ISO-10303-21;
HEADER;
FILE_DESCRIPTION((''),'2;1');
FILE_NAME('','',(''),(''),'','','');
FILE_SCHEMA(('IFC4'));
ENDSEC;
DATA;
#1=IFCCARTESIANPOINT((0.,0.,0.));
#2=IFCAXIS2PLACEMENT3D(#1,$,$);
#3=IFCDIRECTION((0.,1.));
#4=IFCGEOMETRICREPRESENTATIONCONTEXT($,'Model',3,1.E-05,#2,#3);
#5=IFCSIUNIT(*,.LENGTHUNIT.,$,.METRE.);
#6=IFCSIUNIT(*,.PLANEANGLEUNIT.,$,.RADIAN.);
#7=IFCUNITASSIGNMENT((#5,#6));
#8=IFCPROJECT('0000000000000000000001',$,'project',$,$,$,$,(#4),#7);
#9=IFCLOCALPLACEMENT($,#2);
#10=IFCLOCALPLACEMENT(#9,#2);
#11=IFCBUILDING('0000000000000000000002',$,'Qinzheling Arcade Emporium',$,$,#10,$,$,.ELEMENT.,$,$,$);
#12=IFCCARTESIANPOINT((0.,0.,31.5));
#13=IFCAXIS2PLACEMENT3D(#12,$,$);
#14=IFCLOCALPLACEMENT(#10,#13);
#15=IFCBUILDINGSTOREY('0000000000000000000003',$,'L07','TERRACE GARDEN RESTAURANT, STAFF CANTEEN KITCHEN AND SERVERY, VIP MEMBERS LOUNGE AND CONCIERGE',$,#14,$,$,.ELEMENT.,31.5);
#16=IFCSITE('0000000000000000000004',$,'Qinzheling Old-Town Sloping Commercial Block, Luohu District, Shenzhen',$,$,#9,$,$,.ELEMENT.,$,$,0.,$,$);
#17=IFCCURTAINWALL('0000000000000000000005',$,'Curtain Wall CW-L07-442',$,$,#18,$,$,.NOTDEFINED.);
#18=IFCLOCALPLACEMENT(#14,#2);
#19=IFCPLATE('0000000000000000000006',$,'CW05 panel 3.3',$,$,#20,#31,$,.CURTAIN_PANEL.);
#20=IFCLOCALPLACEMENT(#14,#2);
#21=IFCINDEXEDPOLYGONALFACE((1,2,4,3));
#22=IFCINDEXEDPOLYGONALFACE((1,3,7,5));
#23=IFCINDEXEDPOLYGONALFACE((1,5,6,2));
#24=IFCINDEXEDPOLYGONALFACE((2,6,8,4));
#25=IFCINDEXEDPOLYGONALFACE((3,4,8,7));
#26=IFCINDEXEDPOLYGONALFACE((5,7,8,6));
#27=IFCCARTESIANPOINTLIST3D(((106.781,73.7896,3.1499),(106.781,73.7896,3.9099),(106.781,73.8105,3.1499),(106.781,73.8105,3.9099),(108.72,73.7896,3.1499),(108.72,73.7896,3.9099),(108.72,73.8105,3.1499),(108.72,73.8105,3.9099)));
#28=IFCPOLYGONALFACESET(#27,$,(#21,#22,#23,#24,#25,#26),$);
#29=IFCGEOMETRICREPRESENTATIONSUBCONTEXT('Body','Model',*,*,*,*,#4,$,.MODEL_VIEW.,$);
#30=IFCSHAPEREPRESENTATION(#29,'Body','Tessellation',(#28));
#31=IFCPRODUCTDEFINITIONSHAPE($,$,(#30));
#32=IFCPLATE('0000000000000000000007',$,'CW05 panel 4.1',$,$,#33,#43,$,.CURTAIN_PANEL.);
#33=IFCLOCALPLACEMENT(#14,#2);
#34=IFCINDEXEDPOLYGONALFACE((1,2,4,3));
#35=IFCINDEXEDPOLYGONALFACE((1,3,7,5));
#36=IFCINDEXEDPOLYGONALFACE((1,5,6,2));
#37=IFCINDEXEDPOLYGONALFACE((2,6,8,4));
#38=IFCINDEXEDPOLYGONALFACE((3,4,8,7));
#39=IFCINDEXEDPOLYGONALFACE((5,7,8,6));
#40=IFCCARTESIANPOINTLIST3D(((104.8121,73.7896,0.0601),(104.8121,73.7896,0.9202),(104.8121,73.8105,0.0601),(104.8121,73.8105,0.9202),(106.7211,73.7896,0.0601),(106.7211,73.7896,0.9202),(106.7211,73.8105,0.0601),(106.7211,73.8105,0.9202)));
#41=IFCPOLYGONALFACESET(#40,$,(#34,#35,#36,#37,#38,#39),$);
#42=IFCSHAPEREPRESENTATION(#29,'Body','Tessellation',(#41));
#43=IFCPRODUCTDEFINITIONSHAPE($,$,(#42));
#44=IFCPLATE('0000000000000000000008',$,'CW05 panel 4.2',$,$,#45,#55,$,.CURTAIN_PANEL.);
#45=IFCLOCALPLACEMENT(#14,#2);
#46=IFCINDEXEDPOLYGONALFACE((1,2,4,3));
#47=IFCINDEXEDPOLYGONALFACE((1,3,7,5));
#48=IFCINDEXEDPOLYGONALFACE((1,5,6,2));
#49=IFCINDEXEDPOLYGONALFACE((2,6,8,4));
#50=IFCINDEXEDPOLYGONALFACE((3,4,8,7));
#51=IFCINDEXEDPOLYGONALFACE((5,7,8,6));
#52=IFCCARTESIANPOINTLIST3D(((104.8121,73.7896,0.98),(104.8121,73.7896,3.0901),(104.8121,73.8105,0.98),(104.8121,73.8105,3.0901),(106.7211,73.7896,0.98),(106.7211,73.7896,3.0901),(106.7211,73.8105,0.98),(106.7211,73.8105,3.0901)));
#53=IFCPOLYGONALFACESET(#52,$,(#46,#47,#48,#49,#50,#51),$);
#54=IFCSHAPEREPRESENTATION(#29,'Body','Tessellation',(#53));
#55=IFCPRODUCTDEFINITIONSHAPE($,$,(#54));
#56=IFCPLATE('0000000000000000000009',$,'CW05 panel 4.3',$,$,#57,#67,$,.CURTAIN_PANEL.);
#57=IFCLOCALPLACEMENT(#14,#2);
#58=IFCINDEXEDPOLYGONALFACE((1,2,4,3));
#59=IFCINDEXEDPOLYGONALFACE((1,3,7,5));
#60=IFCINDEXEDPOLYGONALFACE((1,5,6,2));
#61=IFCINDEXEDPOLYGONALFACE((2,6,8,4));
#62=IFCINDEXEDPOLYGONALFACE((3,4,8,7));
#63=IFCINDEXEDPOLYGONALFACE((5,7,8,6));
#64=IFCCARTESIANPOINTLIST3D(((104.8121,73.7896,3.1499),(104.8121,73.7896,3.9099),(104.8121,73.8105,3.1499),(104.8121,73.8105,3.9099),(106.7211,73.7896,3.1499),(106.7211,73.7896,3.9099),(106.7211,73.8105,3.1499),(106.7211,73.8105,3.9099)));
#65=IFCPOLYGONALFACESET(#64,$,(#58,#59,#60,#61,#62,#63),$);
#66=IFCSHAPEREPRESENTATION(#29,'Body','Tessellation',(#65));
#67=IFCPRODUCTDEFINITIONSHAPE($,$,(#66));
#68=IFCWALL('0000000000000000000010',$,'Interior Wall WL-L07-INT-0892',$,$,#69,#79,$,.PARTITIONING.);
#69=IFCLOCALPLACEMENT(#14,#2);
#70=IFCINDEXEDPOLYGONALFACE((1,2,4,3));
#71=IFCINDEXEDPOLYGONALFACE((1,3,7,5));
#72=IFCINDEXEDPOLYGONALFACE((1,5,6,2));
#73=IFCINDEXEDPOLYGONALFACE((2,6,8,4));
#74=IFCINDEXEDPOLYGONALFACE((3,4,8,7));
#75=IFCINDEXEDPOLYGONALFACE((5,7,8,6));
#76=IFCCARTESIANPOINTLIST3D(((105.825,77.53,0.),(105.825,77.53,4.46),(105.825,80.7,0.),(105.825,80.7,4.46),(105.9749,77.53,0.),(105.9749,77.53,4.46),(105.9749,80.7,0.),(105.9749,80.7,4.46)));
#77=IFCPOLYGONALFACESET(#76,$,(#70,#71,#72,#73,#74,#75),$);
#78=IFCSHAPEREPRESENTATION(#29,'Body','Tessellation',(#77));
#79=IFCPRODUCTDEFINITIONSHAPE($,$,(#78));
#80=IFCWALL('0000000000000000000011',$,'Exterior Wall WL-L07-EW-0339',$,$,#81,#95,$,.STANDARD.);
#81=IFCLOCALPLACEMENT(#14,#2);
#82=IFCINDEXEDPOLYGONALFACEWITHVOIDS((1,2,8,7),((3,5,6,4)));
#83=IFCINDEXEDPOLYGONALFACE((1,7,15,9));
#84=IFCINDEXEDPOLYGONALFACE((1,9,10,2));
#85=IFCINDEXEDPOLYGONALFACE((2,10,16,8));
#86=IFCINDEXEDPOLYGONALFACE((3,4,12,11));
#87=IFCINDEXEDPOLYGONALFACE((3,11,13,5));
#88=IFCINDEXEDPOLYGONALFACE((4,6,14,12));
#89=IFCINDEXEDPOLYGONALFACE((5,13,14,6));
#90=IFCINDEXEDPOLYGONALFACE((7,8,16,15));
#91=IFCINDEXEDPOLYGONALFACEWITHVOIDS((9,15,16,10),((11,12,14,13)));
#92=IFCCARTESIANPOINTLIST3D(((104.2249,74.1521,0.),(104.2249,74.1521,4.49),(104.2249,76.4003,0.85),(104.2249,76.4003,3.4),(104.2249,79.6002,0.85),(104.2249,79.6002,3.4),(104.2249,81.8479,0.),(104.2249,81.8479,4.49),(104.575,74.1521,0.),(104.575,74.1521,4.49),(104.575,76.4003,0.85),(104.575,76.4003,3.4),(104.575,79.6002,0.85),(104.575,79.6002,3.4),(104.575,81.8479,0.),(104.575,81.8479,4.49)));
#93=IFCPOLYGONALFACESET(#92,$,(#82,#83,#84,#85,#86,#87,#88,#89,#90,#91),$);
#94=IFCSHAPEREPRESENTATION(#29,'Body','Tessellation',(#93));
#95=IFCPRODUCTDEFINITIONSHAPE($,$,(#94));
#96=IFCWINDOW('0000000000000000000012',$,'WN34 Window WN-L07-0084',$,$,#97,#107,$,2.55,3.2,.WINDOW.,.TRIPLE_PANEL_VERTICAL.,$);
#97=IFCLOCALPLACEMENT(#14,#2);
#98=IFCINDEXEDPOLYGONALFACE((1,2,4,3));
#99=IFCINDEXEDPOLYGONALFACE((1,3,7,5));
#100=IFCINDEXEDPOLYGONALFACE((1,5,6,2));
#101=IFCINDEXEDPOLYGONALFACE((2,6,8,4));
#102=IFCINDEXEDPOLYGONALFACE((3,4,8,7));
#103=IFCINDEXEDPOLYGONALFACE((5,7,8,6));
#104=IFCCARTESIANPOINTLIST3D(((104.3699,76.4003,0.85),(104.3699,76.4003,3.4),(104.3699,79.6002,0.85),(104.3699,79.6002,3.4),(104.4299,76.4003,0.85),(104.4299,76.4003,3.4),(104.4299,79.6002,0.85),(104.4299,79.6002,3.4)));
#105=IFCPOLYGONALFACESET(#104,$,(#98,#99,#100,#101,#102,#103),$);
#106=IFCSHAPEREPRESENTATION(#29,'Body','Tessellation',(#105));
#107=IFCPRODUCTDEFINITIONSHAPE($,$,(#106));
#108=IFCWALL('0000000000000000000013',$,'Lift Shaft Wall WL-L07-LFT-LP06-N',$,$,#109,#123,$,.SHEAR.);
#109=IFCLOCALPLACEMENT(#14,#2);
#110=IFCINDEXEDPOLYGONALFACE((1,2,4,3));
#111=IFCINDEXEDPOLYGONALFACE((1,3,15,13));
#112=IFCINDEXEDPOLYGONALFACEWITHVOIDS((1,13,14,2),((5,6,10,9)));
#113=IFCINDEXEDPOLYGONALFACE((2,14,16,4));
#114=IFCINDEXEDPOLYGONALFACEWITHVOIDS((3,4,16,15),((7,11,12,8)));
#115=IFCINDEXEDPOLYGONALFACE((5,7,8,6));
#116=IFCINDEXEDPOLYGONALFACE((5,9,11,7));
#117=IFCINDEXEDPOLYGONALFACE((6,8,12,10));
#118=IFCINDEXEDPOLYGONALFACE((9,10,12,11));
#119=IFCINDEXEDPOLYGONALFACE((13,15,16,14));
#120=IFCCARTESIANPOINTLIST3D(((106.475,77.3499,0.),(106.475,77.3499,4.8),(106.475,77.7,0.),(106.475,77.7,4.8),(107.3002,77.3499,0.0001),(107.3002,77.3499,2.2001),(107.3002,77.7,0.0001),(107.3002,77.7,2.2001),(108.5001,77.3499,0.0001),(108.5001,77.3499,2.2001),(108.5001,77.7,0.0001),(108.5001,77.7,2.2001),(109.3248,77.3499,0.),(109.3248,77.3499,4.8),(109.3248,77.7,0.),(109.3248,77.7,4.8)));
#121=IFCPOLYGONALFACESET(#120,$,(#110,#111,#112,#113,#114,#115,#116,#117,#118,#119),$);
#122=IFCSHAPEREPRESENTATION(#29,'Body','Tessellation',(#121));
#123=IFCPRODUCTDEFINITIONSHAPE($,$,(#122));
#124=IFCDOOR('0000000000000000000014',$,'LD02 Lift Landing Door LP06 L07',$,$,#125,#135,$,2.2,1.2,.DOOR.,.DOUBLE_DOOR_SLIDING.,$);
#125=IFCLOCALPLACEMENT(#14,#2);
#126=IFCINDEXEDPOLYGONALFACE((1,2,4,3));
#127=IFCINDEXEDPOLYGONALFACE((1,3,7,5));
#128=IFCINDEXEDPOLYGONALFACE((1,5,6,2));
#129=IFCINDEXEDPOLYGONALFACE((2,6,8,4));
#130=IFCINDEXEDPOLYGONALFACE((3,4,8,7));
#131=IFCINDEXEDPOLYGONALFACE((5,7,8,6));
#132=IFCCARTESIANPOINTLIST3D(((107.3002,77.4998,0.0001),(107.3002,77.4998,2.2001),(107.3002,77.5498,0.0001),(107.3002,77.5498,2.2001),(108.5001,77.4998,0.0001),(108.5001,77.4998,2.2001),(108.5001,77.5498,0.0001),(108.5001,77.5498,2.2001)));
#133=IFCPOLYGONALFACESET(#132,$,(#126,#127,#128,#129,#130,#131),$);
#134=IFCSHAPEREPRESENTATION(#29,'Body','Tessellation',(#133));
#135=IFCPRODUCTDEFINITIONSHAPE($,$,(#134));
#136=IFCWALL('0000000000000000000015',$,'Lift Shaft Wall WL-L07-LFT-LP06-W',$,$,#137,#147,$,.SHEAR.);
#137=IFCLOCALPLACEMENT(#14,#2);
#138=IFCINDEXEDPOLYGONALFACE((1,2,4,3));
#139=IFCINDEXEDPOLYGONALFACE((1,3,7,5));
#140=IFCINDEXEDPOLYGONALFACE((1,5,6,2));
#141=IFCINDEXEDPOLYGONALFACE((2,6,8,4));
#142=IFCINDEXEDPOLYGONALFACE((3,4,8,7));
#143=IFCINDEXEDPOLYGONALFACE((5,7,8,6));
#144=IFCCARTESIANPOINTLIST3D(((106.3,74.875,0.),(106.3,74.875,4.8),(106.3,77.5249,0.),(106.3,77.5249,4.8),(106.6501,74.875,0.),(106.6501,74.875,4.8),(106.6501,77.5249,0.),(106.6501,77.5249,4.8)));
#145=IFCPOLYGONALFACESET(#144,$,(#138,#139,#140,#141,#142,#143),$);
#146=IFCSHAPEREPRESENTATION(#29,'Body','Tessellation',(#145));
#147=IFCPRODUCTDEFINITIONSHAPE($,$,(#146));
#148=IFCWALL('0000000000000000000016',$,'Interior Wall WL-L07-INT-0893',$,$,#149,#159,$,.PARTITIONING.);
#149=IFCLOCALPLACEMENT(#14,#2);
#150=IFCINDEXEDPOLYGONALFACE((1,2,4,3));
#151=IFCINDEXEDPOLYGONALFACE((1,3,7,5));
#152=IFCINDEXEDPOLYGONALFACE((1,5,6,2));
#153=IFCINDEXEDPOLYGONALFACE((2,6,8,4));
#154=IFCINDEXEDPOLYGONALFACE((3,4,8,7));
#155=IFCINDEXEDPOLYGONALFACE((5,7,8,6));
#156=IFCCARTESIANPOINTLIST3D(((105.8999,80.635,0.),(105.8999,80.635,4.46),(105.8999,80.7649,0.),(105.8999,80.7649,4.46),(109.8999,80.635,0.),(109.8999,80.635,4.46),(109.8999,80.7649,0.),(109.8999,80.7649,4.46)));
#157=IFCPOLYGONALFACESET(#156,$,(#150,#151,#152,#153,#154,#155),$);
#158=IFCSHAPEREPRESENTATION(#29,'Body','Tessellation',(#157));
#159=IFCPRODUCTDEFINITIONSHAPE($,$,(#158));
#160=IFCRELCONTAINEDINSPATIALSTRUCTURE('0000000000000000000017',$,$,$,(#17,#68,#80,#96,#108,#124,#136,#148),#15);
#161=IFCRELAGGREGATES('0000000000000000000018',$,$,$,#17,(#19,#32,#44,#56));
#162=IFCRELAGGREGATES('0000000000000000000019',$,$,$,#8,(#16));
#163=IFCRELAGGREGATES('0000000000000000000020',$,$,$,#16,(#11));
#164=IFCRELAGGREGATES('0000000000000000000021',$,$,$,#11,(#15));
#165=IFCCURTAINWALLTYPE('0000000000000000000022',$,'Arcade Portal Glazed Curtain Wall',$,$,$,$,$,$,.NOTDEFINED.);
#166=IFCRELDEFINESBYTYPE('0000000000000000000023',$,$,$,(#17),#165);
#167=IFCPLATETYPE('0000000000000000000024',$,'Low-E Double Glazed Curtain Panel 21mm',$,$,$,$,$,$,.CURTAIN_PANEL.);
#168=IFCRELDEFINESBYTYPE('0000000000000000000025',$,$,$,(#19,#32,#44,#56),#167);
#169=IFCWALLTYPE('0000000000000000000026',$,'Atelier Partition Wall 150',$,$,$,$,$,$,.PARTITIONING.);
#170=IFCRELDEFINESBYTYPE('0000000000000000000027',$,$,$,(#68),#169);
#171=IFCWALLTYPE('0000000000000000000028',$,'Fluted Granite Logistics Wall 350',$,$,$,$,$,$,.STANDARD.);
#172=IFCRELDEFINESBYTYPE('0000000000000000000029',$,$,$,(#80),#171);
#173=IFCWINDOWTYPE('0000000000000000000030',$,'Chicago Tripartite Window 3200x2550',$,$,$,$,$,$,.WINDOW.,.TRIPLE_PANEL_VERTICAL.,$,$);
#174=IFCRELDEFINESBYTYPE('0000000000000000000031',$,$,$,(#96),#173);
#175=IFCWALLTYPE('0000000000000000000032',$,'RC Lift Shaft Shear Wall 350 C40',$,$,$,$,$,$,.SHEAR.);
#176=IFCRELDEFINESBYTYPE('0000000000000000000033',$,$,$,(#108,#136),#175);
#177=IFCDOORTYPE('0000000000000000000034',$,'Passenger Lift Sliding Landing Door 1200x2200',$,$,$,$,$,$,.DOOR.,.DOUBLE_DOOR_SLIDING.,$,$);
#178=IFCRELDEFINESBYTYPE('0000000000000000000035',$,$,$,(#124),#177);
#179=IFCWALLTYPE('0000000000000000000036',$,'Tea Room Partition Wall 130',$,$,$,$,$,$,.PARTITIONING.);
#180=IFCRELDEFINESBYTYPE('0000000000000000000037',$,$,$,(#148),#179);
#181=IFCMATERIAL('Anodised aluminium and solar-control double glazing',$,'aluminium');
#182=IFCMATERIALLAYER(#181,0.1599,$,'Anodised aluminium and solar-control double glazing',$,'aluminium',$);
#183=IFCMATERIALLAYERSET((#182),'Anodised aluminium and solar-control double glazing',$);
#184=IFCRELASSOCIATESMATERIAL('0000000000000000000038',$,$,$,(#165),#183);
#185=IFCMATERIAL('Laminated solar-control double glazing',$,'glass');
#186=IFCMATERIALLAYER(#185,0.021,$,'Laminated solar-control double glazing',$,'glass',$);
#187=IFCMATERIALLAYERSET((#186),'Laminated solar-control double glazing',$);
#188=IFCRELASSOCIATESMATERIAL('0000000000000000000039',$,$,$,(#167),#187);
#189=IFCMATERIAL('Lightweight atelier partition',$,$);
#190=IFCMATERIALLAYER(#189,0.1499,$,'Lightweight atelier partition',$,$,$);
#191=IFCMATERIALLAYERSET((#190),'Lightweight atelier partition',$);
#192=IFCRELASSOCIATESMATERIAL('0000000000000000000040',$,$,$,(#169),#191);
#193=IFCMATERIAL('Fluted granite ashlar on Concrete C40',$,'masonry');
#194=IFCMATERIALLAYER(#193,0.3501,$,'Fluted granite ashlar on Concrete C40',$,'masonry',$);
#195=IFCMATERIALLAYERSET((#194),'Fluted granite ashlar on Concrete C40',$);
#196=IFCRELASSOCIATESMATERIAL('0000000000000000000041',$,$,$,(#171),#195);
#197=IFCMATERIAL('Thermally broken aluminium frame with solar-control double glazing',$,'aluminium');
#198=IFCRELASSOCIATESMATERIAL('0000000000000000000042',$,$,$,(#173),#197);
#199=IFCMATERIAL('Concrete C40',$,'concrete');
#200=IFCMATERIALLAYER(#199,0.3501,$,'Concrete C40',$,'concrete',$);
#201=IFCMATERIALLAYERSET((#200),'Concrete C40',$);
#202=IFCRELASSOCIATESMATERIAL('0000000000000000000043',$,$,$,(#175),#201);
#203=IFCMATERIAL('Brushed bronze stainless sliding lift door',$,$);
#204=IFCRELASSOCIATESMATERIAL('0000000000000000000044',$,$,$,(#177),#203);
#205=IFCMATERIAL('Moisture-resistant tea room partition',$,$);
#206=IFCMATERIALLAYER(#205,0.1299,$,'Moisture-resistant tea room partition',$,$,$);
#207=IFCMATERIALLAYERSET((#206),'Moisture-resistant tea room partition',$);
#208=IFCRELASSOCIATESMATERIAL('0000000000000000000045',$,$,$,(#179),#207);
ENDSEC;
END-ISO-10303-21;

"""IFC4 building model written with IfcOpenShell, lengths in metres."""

from ifc_helpers import new_model, si_unit, direction, frame, frame_2d, origin, origin_2d, place, context, subcontext, project, spatial, rectangle, extrude, material, layer, layer_set, type_object, element, fill, aggregate, save


model = new_model("IFC4")

# Units and contexts
model_context = context("Model", 3, precision=1e-05, world=origin(), true_north=direction((0.0, 1.0)))
body_context = subcontext(model_context, "Body", "Model", "MODEL_VIEW")
ifc_project = project(units=[si_unit("LENGTHUNIT", "METRE"), si_unit("PLANEANGLEUNIT", "RADIAN")], contexts=[model_context])

# Site, building, storey
site_placement = place(None, origin())
site = spatial("IfcSite", under=ifc_project, at=site_placement, Name="Qinzheling Old-Town Sloping Commercial Block, Luohu District, Shenzhen", CompositionType="ELEMENT", RefElevation=0.0)
building_placement = place(site_placement, origin())
building = spatial("IfcBuilding", under=site, at=building_placement, Name="Qinzheling Arcade Emporium", CompositionType="ELEMENT")
storey_placement = place(building_placement, frame((0.0, 0.0, 31.5)))
storey = spatial("IfcBuildingStorey", under=building, at=storey_placement, Name="L07", Description="TERRACE GARDEN RESTAURANT, STAFF CANTEEN KITCHEN AND SERVERY, VIP MEMBERS LOUNGE AND CONCIERGE", CompositionType="ELEMENT", Elevation=31.5)

# Shared definitions
ifc_material_1 = material(Name="Concrete C40", Category="concrete")

# Shared definitions
ifc_material_2 = material(Name="Anodised aluminium and solar-control double glazing", Category="aluminium")

# Curtain wall
ifc_layer_1 = layer(ifc_material_2, 0.1599, Name="Anodised aluminium and solar-control double glazing", Category="aluminium")
ifc_layer_set_1 = layer_set([ifc_layer_1], Name="Anodised aluminium and solar-control double glazing")
curtain_wall_type_1 = type_object("IfcCurtainWallType", Name="Arcade Portal Glazed Curtain Wall", PredefinedType="NOTDEFINED", material=ifc_layer_set_1)
curtain_wall_1_placement = place(storey_placement, origin())
curtain_wall_1 = element("IfcCurtainWall", 1, at=curtain_wall_1_placement, inside=storey, type_object=curtain_wall_type_1, Name="Curtain Wall CW-L07-442", PredefinedType="NOTDEFINED")

# Plates
ifc_material_3 = material(Name="Laminated solar-control double glazing", Category="glass")
ifc_layer_2 = layer(ifc_material_3, 0.021, Name="Laminated solar-control double glazing", Category="glass")
ifc_layer_set_2 = layer_set([ifc_layer_2], Name="Laminated solar-control double glazing")
plate_type = type_object("IfcPlateType", Name="Low-E Double Glazed Curtain Panel 21mm", PredefinedType="CURTAIN_PANEL", material=ifc_layer_set_2)
plate_1_placement = place(storey_placement, frame((107.7505, 73.8, 3.1499), z_axis=(0.0, 0.0, 1.0), x_axis=(-1.0, 0.0, 0.0)))
plate_1 = element("IfcPlate", 2, at=plate_1_placement, type_object=plate_type, Name="CW05 panel 3.3", PredefinedType="CURTAIN_PANEL", context=body_context, shape_type="SweptSolid", body=[
    extrude(rectangle(XDim=1.939, YDim=0.021, at=origin_2d()), origin(), (0.0, 0.0, 1.0), 0.76),
])
plate_2_placement = place(storey_placement, frame((105.7666, 73.8, 0.0601), z_axis=(0.0, 0.0, 1.0), x_axis=(-1.0, 0.0, 0.0)))
plate_2 = element("IfcPlate", 3, at=plate_2_placement, type_object=plate_type, Name="CW05 panel 4.1", PredefinedType="CURTAIN_PANEL", context=body_context, shape_type="SweptSolid", body=[
    extrude(rectangle(XDim=1.9089, YDim=0.021, at=origin_2d()), origin(), (0.0, 0.0, 1.0), 0.8601),
])
plate_3_placement = place(storey_placement, frame((105.7666, 73.8, 0.98), z_axis=(0.0, 0.0, 1.0), x_axis=(-1.0, 0.0, 0.0)))
plate_3 = element("IfcPlate", 4, at=plate_3_placement, type_object=plate_type, Name="CW05 panel 4.2", PredefinedType="CURTAIN_PANEL", context=body_context, shape_type="SweptSolid", body=[
    extrude(rectangle(XDim=1.9089, YDim=0.021, at=origin_2d()), origin(), (0.0, 0.0, 1.0), 2.1101),
])
plate_4_placement = place(storey_placement, frame((105.7666, 73.8, 3.1499), z_axis=(0.0, 0.0, 1.0), x_axis=(-1.0, 0.0, 0.0)))
plate_4 = element("IfcPlate", 5, at=plate_4_placement, type_object=plate_type, Name="CW05 panel 4.3", PredefinedType="CURTAIN_PANEL", context=body_context, shape_type="SweptSolid", body=[
    extrude(rectangle(XDim=1.9089, YDim=0.021, at=origin_2d()), origin(), (0.0, 0.0, 1.0), 0.76),
])
aggregate(curtain_wall_1, [plate_1, plate_2, plate_3, plate_4])

# Wall
ifc_material_4 = material(Name="Lightweight atelier partition")
ifc_layer_3 = layer(ifc_material_4, 0.1499, Name="Lightweight atelier partition")
ifc_layer_set_3 = layer_set([ifc_layer_3], Name="Lightweight atelier partition")
wall_type_1 = type_object("IfcWallType", Name="Atelier Partition Wall 150", PredefinedType="PARTITIONING", material=ifc_layer_set_3)
wall_1_placement = place(storey_placement, frame((105.8999, 77.53, 0.0), z_axis=(0.0, 0.0, 1.0), x_axis=(0.0, 1.0, 0.0)))
element("IfcWall", 6, at=wall_1_placement, inside=storey, type_object=wall_type_1, Name="Interior Wall WL-L07-INT-0892", PredefinedType="PARTITIONING", context=body_context, shape_type="SweptSolid", body=[
    extrude(rectangle(XDim=3.1699, YDim=0.1499, at=frame_2d((1.585, 0.0))), origin(), (0.0, 0.0, 1.0), 4.46),
])

# Wall, opening, window
ifc_material_5 = material(Name="Fluted granite ashlar on Concrete C40", Category="masonry")
ifc_layer_4 = layer(ifc_material_5, 0.3501, Name="Fluted granite ashlar on Concrete C40", Category="masonry")
ifc_layer_set_4 = layer_set([ifc_layer_4], Name="Fluted granite ashlar on Concrete C40")
wall_type_2 = type_object("IfcWallType", Name="Fluted Granite Logistics Wall 350", PredefinedType="STANDARD", material=ifc_layer_set_4)
wall_2_placement = place(storey_placement, frame((104.3999, 74.1521, 0.0), z_axis=(0.0, 0.0, 1.0), x_axis=(0.0, 1.0, 0.0)))
wall_2 = element("IfcWall", 7, at=wall_2_placement, inside=storey, type_object=wall_type_2, Name="Exterior Wall WL-L07-EW-0339", PredefinedType="STANDARD", context=body_context, shape_type="SweptSolid", body=[
    extrude(rectangle(XDim=7.6958, YDim=0.3501, at=frame_2d((3.8479, 0.0))), origin(), (0.0, 0.0, 1.0), 4.49),
])
opening_1_placement = place(wall_2_placement, frame((2.248, 0.0, 0.8501)))
opening_1 = element("IfcOpeningElement", 8, at=opening_1_placement, cuts=wall_2, PredefinedType="OPENING", context=body_context, shape_type="SweptSolid", body=[
    extrude(rectangle(XDim=3.2, YDim=2.55, at=frame_2d((1.6001, 1.2749))), frame((0.0, 0.1851, 0.0), z_axis=(0.0, -1.0, 0.0), x_axis=(1.0, 0.0, 0.0)), (0.0, 0.0, 1.0), 0.3701),
])
ifc_material_6 = material(Name="Thermally broken aluminium frame with solar-control double glazing", Category="aluminium")
window_type = type_object("IfcWindowType", Name="Chicago Tripartite Window 3200x2550", PartitioningType="TRIPLE_PANEL_VERTICAL", PredefinedType="WINDOW", material=ifc_material_6)
window_placement = place(opening_1_placement, origin())
window = element("IfcWindow", 9, at=window_placement, inside=storey, type_object=window_type, Name="WN34 Window WN-L07-0084", OverallHeight=2.55, OverallWidth=3.2, PartitioningType="TRIPLE_PANEL_VERTICAL", PredefinedType="WINDOW", context=body_context, shape_type="SweptSolid", body=[
    extrude(rectangle(XDim=3.2, YDim=2.55, at=frame_2d((1.6001, 1.2749))), frame((0.0, 0.03, 0.0), z_axis=(0.0, -1.0, 0.0), x_axis=(1.0, 0.0, 0.0)), (0.0, 0.0, 1.0), 0.0601),
])
fill(opening_1, window)

# Wall, opening, door
ifc_layer_5 = layer(ifc_material_1, 0.3501, Name="Concrete C40", Category="concrete")
ifc_layer_set_5 = layer_set([ifc_layer_5], Name="Concrete C40")
wall_type_3 = type_object("IfcWallType", Name="RC Lift Shaft Shear Wall 350 C40", PredefinedType="SHEAR", material=ifc_layer_set_5)
wall_3_placement = place(storey_placement, frame((106.4751, 77.5249, 0.0), z_axis=(0.0, 0.0, 1.0), x_axis=(1.0, 0.0, 0.0)))
wall_3 = element("IfcWall", 10, at=wall_3_placement, inside=storey, type_object=wall_type_3, Name="Lift Shaft Wall WL-L07-LFT-LP06-N", PredefinedType="SHEAR", context=body_context, shape_type="SweptSolid", body=[
    extrude(rectangle(XDim=2.8499, YDim=0.3501, at=frame_2d((1.4248, 0.0))), origin(), (0.0, 0.0, 1.0), 4.8),
])
opening_2_placement = place(wall_3_placement, frame((0.825, 0.0, 0.0)))
opening_2 = element("IfcOpeningElement", 11, at=opening_2_placement, cuts=wall_3, PredefinedType="OPENING", context=body_context, shape_type="SweptSolid", body=[
    extrude(rectangle(XDim=1.2, YDim=2.2, at=frame_2d((0.6001, 1.1001))), frame((0.0, 0.1851, 0.0), z_axis=(0.0, -1.0, 0.0), x_axis=(1.0, 0.0, 0.0)), (0.0, 0.0, 1.0), 0.3701),
])
ifc_material_7 = material(Name="Brushed bronze stainless sliding lift door")
door_type = type_object("IfcDoorType", Name="Passenger Lift Sliding Landing Door 1200x2200", OperationType="DOUBLE_DOOR_SLIDING", PredefinedType="DOOR", material=ifc_material_7)
door_placement = place(opening_2_placement, origin())
door = element("IfcDoor", 12, at=door_placement, inside=storey, type_object=door_type, Name="LD02 Lift Landing Door LP06 L07", OperationType="DOUBLE_DOOR_SLIDING", OverallHeight=2.2, OverallWidth=1.2, PredefinedType="DOOR", context=body_context, shape_type="SweptSolid", body=[
    extrude(rectangle(XDim=1.2, YDim=2.2, at=frame_2d((0.6001, 1.1001))), frame((0.0, 0.0249, 0.0), z_axis=(0.0, -1.0, 0.0), x_axis=(1.0, 0.0, 0.0)), (0.0, 0.0, 1.0), 0.05),
])
fill(opening_2, door)

# Walls
wall_4_placement = place(storey_placement, frame((106.4751, 74.875, 0.0), z_axis=(0.0, 0.0, 1.0), x_axis=(0.0, 1.0, 0.0)))
element("IfcWall", 13, at=wall_4_placement, inside=storey, type_object=wall_type_3, Name="Lift Shaft Wall WL-L07-LFT-LP06-W", PredefinedType="SHEAR", context=body_context, shape_type="SweptSolid", body=[
    extrude(rectangle(XDim=2.6499, YDim=0.3501, at=frame_2d((1.325, 0.0))), origin(), (0.0, 0.0, 1.0), 4.8),
])
ifc_material_8 = material(Name="Moisture-resistant tea room partition")
ifc_layer_6 = layer(ifc_material_8, 0.1299, Name="Moisture-resistant tea room partition")
ifc_layer_set_6 = layer_set([ifc_layer_6], Name="Moisture-resistant tea room partition")
wall_type_4 = type_object("IfcWallType", Name="Tea Room Partition Wall 130", PredefinedType="PARTITIONING", material=ifc_layer_set_6)
wall_5_placement = place(storey_placement, frame((105.8999, 80.7, 0.0), z_axis=(0.0, 0.0, 1.0), x_axis=(1.0, 0.0, 0.0)))
element("IfcWall", 14, at=wall_5_placement, inside=storey, type_object=wall_type_4, Name="Interior Wall WL-L07-INT-0893", PredefinedType="PARTITIONING", context=body_context, shape_type="SweptSolid", body=[
    extrude(rectangle(XDim=4.0, YDim=0.1299, at=frame_2d((2.0, 0.0))), origin(), (0.0, 0.0, 1.0), 4.46),
])

save(model, "model.ifc")
